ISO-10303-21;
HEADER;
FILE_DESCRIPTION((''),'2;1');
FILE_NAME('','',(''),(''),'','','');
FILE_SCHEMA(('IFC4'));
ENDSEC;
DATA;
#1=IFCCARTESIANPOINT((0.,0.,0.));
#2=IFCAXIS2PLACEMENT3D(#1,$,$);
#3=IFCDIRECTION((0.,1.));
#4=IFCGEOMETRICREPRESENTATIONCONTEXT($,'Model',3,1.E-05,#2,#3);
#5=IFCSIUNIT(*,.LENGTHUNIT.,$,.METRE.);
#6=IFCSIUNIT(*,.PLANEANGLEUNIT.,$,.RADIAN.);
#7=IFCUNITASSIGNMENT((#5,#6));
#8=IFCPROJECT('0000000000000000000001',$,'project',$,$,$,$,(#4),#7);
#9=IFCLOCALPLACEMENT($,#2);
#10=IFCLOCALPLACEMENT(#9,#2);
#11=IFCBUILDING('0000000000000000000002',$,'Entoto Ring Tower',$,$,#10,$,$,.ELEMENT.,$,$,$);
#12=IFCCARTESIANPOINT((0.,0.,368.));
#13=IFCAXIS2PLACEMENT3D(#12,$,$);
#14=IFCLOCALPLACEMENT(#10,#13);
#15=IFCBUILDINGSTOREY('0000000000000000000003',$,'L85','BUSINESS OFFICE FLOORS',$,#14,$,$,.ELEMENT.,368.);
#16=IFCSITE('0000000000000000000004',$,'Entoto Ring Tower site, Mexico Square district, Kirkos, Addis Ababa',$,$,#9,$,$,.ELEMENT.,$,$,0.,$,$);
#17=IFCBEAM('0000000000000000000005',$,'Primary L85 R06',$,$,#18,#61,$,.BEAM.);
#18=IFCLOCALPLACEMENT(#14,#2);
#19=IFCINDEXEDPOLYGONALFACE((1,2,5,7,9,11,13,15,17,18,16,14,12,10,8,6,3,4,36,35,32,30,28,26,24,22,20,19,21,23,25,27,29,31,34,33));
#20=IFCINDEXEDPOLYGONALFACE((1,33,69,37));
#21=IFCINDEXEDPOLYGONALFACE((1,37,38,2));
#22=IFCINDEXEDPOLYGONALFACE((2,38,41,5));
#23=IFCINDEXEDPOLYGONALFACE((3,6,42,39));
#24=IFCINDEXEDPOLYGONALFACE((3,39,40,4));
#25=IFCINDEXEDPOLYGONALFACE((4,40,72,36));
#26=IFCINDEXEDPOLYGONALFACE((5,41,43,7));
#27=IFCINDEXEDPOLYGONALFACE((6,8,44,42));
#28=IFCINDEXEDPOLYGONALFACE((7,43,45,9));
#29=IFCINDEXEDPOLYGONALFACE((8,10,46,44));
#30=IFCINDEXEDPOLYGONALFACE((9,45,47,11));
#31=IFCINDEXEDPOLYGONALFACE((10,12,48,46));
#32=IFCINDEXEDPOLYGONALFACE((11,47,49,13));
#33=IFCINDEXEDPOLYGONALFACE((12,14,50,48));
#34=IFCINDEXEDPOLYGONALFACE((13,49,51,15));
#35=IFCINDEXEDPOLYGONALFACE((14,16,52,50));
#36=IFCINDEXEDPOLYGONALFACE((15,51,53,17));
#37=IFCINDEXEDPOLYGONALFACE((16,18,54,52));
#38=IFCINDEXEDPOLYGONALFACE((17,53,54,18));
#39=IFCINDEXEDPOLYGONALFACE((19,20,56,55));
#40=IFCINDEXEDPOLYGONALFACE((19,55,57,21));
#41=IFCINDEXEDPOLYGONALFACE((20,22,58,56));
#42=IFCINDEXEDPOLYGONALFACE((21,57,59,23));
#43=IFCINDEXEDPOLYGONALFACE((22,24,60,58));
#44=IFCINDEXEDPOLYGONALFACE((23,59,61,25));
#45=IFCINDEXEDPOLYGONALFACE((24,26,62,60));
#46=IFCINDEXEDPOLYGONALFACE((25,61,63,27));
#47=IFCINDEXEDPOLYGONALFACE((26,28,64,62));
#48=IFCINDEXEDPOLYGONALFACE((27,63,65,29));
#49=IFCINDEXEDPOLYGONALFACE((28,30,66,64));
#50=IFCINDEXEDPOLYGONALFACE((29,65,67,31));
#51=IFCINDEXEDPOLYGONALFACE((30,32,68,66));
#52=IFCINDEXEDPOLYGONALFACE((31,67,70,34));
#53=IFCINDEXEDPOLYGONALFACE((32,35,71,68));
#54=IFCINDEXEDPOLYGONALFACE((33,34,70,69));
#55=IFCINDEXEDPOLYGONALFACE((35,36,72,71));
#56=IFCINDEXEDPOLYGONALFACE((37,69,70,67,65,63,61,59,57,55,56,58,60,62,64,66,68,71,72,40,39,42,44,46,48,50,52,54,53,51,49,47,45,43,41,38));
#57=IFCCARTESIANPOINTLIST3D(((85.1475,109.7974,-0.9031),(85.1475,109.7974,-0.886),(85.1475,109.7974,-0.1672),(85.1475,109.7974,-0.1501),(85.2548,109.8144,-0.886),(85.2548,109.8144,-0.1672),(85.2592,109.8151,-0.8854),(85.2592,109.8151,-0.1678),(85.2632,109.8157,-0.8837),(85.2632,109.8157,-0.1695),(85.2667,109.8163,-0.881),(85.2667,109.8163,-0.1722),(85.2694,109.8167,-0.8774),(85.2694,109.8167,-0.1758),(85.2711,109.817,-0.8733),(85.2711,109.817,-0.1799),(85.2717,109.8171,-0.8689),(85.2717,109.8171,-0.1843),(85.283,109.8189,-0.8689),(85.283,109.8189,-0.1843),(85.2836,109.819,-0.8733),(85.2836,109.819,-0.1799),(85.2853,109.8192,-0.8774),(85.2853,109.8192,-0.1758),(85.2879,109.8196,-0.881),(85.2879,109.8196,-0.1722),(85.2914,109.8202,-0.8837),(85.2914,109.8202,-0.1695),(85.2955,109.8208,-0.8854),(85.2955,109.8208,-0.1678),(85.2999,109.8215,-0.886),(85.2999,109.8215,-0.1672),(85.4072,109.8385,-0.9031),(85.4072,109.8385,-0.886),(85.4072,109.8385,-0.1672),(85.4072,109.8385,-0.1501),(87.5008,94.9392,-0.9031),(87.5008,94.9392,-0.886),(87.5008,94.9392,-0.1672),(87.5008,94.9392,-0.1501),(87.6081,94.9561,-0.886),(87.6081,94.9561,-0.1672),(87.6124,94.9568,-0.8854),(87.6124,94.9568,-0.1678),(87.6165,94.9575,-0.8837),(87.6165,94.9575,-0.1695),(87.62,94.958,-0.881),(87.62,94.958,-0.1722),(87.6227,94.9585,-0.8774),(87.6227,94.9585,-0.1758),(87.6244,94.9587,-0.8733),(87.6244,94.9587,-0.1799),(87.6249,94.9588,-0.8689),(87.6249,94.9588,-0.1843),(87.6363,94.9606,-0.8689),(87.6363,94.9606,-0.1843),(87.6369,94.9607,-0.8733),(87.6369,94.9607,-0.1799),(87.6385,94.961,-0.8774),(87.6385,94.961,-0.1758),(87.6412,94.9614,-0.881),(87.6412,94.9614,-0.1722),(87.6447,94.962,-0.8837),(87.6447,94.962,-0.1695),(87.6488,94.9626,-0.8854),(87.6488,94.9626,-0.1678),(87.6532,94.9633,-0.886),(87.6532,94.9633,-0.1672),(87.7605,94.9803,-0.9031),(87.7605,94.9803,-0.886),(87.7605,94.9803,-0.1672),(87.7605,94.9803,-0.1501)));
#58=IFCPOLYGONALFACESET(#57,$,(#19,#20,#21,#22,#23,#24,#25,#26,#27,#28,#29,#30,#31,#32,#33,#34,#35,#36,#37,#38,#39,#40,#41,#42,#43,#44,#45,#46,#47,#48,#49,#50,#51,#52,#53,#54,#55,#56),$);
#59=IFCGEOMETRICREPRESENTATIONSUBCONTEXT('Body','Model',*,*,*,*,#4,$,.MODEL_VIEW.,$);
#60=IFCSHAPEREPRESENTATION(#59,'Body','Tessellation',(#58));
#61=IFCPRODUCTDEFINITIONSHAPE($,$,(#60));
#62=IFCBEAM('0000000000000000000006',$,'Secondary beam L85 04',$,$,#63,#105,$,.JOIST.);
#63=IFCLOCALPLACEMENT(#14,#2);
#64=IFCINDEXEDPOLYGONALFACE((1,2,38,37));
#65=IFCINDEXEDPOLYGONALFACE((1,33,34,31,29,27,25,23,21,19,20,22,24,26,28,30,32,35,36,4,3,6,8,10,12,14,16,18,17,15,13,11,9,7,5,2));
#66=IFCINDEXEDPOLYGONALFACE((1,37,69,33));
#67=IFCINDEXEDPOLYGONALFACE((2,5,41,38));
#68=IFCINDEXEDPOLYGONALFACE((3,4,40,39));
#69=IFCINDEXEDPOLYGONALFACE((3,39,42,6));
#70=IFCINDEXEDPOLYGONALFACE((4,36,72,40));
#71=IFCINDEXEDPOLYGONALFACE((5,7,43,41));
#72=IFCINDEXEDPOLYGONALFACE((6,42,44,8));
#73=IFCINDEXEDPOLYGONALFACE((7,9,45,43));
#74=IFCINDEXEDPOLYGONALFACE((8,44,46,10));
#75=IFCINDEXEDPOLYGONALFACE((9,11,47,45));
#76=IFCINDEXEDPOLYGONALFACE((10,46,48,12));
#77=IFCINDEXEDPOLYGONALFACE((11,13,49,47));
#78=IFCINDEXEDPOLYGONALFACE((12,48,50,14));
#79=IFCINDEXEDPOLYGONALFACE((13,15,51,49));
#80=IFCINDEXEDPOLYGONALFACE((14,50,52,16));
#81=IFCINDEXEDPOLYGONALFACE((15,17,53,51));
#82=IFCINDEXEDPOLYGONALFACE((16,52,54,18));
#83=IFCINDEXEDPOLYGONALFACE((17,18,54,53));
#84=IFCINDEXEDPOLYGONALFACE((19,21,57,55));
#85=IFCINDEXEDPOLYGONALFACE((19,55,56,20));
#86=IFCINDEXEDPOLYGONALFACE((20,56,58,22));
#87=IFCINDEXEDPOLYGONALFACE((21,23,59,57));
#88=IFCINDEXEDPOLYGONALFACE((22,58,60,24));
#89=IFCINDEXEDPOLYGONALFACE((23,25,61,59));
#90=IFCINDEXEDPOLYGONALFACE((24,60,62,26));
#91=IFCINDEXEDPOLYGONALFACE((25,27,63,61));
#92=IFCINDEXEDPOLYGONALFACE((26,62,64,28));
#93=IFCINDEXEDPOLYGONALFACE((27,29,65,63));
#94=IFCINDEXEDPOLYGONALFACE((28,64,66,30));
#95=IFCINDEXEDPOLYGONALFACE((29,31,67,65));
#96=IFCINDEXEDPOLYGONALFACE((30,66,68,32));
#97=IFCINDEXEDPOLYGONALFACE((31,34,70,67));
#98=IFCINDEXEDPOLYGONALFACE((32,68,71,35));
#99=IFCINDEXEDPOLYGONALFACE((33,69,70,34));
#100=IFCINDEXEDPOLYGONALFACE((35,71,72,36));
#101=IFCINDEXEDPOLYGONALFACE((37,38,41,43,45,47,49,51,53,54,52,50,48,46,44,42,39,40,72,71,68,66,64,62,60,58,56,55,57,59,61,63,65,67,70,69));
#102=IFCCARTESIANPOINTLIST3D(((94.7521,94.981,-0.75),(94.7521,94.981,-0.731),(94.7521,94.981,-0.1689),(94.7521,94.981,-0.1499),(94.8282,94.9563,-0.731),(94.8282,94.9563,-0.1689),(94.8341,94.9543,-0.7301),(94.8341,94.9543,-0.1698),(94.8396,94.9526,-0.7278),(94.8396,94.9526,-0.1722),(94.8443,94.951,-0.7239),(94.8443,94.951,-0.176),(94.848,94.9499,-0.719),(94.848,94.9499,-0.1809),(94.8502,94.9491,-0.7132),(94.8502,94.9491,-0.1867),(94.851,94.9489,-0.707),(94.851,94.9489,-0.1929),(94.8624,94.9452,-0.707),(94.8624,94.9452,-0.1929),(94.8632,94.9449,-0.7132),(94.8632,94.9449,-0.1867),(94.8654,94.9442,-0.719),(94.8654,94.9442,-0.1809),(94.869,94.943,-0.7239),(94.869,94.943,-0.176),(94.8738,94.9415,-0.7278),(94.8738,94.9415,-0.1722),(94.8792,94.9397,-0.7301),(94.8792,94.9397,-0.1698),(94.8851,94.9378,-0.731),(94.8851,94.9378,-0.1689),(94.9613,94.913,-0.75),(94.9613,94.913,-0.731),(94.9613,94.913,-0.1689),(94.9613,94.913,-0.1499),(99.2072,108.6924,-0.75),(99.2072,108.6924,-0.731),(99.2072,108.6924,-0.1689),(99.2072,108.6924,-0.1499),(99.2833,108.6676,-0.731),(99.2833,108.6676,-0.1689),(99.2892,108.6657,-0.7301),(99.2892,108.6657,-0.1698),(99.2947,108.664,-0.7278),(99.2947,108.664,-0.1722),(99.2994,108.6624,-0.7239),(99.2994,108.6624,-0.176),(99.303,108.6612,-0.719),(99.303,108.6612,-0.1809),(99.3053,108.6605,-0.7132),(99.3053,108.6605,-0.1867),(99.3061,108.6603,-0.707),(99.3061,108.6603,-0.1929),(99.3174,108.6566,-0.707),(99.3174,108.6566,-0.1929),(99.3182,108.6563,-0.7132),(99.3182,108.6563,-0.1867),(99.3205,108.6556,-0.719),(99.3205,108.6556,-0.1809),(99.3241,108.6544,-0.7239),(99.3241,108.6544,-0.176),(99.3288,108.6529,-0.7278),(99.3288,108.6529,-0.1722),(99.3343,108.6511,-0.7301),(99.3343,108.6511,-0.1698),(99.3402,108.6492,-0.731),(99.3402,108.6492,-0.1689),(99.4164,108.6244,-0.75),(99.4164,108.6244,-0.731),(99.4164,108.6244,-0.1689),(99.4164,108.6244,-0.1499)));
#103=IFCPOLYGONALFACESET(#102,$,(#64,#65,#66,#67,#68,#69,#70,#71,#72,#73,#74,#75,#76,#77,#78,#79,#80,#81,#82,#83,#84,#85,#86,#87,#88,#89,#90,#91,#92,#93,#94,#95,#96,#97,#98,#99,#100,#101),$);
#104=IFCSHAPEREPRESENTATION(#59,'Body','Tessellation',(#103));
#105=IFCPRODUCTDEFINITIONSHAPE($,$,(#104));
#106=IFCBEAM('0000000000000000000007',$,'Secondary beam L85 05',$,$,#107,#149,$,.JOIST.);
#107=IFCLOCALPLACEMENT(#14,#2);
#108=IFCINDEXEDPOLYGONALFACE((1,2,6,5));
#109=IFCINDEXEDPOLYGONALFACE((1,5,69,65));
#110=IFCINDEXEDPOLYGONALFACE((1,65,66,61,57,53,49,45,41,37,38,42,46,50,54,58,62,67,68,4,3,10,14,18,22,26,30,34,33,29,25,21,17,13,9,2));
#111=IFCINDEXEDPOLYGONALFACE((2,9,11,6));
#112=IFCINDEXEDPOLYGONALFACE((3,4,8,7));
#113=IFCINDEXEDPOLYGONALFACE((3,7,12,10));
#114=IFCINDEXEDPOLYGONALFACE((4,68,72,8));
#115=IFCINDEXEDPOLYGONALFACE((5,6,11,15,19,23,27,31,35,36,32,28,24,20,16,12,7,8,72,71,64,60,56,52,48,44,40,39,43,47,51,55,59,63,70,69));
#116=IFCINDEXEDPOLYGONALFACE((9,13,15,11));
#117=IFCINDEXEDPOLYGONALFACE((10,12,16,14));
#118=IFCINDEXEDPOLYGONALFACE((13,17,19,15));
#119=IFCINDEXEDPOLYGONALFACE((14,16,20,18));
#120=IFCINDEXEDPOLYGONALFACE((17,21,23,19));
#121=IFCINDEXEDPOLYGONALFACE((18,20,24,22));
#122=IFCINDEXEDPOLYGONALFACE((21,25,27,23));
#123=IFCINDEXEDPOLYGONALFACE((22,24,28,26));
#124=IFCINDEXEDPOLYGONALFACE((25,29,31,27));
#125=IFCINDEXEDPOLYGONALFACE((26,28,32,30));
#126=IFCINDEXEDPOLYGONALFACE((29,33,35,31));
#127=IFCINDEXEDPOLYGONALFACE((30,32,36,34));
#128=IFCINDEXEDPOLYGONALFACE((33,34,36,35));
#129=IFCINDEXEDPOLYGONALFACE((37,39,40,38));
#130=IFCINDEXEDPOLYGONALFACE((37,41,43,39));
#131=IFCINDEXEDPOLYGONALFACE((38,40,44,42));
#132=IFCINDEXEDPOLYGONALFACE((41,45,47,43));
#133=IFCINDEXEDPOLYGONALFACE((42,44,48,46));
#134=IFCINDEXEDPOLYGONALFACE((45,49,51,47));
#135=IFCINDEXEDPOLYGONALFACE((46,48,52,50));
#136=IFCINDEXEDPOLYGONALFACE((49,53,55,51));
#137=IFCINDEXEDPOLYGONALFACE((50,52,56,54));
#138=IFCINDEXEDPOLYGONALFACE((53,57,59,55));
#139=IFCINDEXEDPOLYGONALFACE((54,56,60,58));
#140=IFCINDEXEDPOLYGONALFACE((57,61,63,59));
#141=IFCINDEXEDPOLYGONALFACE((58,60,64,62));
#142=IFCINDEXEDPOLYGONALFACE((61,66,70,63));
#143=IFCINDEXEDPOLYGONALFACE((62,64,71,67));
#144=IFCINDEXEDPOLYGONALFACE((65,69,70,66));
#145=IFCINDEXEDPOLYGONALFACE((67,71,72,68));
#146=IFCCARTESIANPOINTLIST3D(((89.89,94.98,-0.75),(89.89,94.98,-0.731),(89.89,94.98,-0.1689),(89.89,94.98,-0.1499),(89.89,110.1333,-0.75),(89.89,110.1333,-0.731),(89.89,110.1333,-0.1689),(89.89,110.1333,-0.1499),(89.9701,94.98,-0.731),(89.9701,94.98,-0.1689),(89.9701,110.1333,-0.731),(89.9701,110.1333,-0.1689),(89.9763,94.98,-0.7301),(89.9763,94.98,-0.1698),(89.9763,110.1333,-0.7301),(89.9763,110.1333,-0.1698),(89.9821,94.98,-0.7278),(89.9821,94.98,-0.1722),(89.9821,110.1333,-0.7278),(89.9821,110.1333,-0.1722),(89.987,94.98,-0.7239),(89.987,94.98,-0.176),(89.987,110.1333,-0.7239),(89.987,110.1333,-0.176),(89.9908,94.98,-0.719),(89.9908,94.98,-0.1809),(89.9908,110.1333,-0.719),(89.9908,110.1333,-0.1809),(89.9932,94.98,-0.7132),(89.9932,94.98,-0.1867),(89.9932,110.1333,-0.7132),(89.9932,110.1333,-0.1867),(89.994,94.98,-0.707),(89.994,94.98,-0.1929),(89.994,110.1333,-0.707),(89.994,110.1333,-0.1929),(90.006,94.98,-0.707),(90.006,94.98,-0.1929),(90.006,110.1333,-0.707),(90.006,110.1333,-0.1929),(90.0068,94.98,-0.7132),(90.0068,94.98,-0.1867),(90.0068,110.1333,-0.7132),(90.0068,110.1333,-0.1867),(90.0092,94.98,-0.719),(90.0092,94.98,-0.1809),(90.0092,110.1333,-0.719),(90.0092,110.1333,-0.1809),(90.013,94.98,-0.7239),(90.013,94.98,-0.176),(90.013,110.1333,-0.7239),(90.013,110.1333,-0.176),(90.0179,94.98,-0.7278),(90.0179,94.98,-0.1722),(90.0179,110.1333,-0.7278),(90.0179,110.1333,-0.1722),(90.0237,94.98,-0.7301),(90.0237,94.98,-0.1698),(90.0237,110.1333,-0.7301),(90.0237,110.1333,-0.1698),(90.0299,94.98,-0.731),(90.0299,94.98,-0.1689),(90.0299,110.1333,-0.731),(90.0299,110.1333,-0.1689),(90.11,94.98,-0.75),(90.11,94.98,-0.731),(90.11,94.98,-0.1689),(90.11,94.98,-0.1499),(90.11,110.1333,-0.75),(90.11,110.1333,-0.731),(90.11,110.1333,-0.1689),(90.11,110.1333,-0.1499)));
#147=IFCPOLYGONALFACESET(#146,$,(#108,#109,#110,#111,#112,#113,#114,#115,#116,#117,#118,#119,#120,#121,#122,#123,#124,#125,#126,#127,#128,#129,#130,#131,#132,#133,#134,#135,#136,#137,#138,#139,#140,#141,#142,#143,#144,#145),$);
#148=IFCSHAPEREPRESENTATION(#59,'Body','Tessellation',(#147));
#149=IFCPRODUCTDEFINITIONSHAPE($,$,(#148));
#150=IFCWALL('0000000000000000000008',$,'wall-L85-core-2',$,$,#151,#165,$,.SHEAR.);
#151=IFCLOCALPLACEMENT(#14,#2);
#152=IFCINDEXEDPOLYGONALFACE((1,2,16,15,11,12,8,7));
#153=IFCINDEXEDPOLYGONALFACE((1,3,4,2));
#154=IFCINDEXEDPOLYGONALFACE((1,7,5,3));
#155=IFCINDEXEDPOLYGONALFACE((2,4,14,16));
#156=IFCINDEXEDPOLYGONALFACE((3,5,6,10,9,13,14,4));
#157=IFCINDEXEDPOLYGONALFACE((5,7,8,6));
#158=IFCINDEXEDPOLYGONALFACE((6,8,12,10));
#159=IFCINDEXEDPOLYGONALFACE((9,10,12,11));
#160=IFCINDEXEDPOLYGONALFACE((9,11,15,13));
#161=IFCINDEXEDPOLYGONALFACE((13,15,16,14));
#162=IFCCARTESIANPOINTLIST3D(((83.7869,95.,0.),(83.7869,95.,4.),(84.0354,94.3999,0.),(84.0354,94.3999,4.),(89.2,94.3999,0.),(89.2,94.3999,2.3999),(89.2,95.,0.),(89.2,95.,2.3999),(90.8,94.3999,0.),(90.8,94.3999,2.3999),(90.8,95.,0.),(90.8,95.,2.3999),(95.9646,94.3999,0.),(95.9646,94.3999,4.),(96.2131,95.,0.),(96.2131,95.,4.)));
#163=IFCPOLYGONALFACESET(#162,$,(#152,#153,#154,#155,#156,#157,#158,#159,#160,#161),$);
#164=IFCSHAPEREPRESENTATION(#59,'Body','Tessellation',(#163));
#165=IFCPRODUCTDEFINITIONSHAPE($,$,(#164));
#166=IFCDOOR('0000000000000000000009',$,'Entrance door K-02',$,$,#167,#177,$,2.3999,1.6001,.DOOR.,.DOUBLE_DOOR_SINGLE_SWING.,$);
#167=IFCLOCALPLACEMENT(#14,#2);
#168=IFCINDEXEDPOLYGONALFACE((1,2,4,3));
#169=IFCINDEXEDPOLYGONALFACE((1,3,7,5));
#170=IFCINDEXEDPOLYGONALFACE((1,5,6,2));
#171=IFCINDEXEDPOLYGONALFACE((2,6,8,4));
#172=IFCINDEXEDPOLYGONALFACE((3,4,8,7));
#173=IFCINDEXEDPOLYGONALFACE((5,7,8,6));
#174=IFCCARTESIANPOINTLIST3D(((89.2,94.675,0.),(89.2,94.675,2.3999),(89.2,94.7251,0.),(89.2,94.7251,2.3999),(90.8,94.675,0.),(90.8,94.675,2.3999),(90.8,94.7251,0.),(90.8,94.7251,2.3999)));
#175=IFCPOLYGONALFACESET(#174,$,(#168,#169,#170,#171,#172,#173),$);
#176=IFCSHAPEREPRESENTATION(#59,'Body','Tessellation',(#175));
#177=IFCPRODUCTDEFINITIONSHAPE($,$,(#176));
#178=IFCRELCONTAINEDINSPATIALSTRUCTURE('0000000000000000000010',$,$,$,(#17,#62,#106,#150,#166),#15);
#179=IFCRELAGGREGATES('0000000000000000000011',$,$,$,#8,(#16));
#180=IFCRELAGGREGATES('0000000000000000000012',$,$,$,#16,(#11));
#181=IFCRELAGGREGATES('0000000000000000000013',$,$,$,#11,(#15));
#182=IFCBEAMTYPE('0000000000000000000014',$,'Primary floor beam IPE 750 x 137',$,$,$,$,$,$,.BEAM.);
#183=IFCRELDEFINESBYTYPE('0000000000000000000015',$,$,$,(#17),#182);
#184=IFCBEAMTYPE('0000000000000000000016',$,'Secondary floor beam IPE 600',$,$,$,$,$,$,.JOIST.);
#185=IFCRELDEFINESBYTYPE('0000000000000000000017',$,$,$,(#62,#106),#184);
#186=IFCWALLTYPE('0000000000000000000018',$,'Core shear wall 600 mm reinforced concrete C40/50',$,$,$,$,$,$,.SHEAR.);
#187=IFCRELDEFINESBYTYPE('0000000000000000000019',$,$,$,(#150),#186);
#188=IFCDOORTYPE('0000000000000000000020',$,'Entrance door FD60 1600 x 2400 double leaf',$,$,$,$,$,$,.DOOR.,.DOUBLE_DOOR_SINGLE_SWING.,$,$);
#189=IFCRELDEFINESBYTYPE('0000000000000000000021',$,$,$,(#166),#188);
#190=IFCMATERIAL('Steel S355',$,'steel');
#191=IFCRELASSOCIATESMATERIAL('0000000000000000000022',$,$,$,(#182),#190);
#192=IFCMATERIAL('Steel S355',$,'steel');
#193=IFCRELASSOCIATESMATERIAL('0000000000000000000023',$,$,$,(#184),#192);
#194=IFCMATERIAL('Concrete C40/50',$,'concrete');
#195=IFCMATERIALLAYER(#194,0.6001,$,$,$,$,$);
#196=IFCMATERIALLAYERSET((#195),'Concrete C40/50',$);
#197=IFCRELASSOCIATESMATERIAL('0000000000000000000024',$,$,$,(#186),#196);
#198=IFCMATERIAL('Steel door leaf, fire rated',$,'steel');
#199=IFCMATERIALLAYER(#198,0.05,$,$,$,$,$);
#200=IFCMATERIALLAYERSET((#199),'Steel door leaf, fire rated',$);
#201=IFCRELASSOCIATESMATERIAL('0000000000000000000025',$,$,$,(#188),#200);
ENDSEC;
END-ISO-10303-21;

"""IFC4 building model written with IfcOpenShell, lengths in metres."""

from ifc_helpers import new_model, si_unit, direction, frame, frame_2d, origin, origin_2d, place, context, subcontext, project, spatial, polyline, rectangle, i_section, outline, extrude, material, layer, layer_set, material_profile, profile_set, type_object, element, fill, save


model = new_model("IFC4")

# Units and contexts
model_context = context("Model", 3, precision=1e-05, world=origin(), true_north=direction((0.0, 1.0)))
body_context = subcontext(model_context, "Body", "Model", "MODEL_VIEW")
ifc_project = project(units=[si_unit("LENGTHUNIT", "METRE"), si_unit("PLANEANGLEUNIT", "RADIAN")], contexts=[model_context])

# Site, building, storey
site_placement = place(None, origin())
site = spatial("IfcSite", under=ifc_project, at=site_placement, Name="Entoto Ring Tower site, Mexico Square district, Kirkos, Addis Ababa", CompositionType="ELEMENT", RefElevation=0.0)
building_placement = place(site_placement, origin())
building = spatial("IfcBuilding", under=site, at=building_placement, Name="Entoto Ring Tower", CompositionType="ELEMENT")
storey_placement = place(building_placement, frame((0.0, 0.0, 368.0)))
storey = spatial("IfcBuildingStorey", under=building, at=storey_placement, Name="L85", Description="BUSINESS OFFICE FLOORS", CompositionType="ELEMENT", Elevation=368.0)

# Beams
ifc_material_1 = material(Name="Steel S355", Category="steel")
ifc_material_profile_1 = material_profile(ifc_material_1, i_section(OverallWidth=0.2629, OverallDepth=0.7529, WebThickness=0.0115, FlangeThickness=0.0171, FilletRadius=0.0171, at=origin_2d()), Name="IPE 750 x 137")
ifc_profile_set_1 = profile_set([ifc_material_profile_1], Name="Steel S355")
beam_type_1 = type_object("IfcBeamType", Name="Primary floor beam IPE 750 x 137", PredefinedType="BEAM", material=ifc_profile_set_1)
for number, where, z_axis, x_axis, name in (
    (1, (87.6306, 94.9597, -0.5266), (-0.156433, 0.987689, 0.0), (-0.987689, -0.156433, 0.0), "Primary L85 R06"),
):
    element("IfcBeam", number, at=place(storey_placement, frame(where, z_axis=z_axis, x_axis=x_axis)), inside=storey, type_object=beam_type_1, Name=name, PredefinedType="BEAM", context=body_context, shape_type="SweptSolid", body=[
        extrude(i_section(OverallWidth=0.2629, OverallDepth=0.7529, WebThickness=0.0115, FlangeThickness=0.0171, FilletRadius=0.0171, at=origin_2d()), origin(), (0.0, 0.0, 1.0), 15.0435),
    ])
ifc_material_2 = material(Name="Steel S355", Category="steel")
ifc_material_profile_2 = material_profile(ifc_material_2, i_section(OverallWidth=0.22, OverallDepth=0.6001, WebThickness=0.012, FlangeThickness=0.019, FilletRadius=0.0239, at=origin_2d()), Name="IPE 600")
ifc_profile_set_2 = profile_set([ifc_material_profile_2], Name="Steel S355")
beam_type_2 = type_object("IfcBeamType", Name="Secondary floor beam IPE 600", PredefinedType="JOIST", material=ifc_profile_set_2)
beam_1_placement = place(storey_placement, frame((94.8567, 94.947, -0.45), z_axis=(0.309015, 0.951057, 0.0), x_axis=(-0.951057, 0.309015, 0.0)))
element("IfcBeam", 2, at=beam_1_placement, inside=storey, type_object=beam_type_2, Name="Secondary beam L85 04", PredefinedType="JOIST", context=body_context, shape_type="SweptSolid", body=[
    extrude(i_section(OverallWidth=0.22, OverallDepth=0.6001, WebThickness=0.012, FlangeThickness=0.019, FilletRadius=0.0239, at=origin_2d()), origin(), (0.0, 0.0, 1.0), 14.417),
])
beam_2_placement = place(storey_placement, frame((90.0, 94.98, -0.45), z_axis=(0.0, 1.0, 0.0), x_axis=(-1.0, 0.0, 0.0)))
element("IfcBeam", 3, at=beam_2_placement, inside=storey, type_object=beam_type_2, Name="Secondary beam L85 05", PredefinedType="JOIST", context=body_context, shape_type="SweptSolid", body=[
    extrude(i_section(OverallWidth=0.22, OverallDepth=0.6001, WebThickness=0.012, FlangeThickness=0.019, FilletRadius=0.0239, at=origin_2d()), origin(), (0.0, 0.0, 1.0), 15.1533),
])

# Wall, opening, door
ifc_material_3 = material(Name="Concrete C40/50", Category="concrete")
ifc_layer_1 = layer(ifc_material_3, 0.6001)
ifc_layer_set_1 = layer_set([ifc_layer_1], Name="Concrete C40/50")
wall_type_1 = type_object("IfcWallType", Name="Core shear wall 600 mm reinforced concrete C40/50", PredefinedType="SHEAR", material=ifc_layer_set_1)
wall_1_placement = place(storey_placement, frame((96.0889, 94.7, 0.0), z_axis=(0.0, 0.0, 1.0), x_axis=(-1.0, 0.0, 0.0)))
wall_1 = element("IfcWall", 4, at=wall_1_placement, inside=storey, type_object=wall_type_1, Name="wall-L85-core-2", PredefinedType="SHEAR", context=body_context, shape_type="SweptSolid", body=[
    extrude(outline(polyline([(-0.1243, -0.3), (12.302, -0.3), (12.0535, 0.3), (0.1243, 0.3), (-0.1243, -0.3)])), origin(), (0.0, 0.0, 1.0), 4.0),
])
opening_1_placement = place(wall_1_placement, frame((5.2888, 0.0, 0.0)))
opening_1 = element("IfcOpeningElement", 5, at=opening_1_placement, cuts=wall_1, PredefinedType="OPENING", context=body_context, shape_type="SweptSolid", body=[
    extrude(rectangle(XDim=1.6001, YDim=2.3999, at=frame_2d((0.8, 1.2))), frame((0.0, 0.3101, 0.0), z_axis=(0.0, -1.0, 0.0), x_axis=(1.0, 0.0, 0.0)), (0.0, 0.0, 1.0), 0.6201),
])
ifc_material_4 = material(Name="Steel door leaf, fire rated", Category="steel")
ifc_layer_2 = layer(ifc_material_4, 0.05)
ifc_layer_set_2 = layer_set([ifc_layer_2], Name="Steel door leaf, fire rated")
door_type_1 = type_object("IfcDoorType", Name="Entrance door FD60 1600 x 2400 double leaf", OperationType="DOUBLE_DOOR_SINGLE_SWING", PredefinedType="DOOR", material=ifc_layer_set_2)
door_1_placement = place(opening_1_placement, origin())
door_1 = element("IfcDoor", 6, at=door_1_placement, inside=storey, type_object=door_type_1, Name="Entrance door K-02", OperationType="DOUBLE_DOOR_SINGLE_SWING", OverallHeight=2.3999, OverallWidth=1.6001, PredefinedType="DOOR", context=body_context, shape_type="SweptSolid", body=[
    extrude(rectangle(XDim=1.6001, YDim=2.3999, at=frame_2d((0.8, 1.2))), frame((0.0, 0.0249, 0.0), z_axis=(0.0, -1.0, 0.0), x_axis=(1.0, 0.0, 0.0)), (0.0, 0.0, 1.0), 0.05),
])
fill(opening_1, door_1)

save(model, "model.ifc")
